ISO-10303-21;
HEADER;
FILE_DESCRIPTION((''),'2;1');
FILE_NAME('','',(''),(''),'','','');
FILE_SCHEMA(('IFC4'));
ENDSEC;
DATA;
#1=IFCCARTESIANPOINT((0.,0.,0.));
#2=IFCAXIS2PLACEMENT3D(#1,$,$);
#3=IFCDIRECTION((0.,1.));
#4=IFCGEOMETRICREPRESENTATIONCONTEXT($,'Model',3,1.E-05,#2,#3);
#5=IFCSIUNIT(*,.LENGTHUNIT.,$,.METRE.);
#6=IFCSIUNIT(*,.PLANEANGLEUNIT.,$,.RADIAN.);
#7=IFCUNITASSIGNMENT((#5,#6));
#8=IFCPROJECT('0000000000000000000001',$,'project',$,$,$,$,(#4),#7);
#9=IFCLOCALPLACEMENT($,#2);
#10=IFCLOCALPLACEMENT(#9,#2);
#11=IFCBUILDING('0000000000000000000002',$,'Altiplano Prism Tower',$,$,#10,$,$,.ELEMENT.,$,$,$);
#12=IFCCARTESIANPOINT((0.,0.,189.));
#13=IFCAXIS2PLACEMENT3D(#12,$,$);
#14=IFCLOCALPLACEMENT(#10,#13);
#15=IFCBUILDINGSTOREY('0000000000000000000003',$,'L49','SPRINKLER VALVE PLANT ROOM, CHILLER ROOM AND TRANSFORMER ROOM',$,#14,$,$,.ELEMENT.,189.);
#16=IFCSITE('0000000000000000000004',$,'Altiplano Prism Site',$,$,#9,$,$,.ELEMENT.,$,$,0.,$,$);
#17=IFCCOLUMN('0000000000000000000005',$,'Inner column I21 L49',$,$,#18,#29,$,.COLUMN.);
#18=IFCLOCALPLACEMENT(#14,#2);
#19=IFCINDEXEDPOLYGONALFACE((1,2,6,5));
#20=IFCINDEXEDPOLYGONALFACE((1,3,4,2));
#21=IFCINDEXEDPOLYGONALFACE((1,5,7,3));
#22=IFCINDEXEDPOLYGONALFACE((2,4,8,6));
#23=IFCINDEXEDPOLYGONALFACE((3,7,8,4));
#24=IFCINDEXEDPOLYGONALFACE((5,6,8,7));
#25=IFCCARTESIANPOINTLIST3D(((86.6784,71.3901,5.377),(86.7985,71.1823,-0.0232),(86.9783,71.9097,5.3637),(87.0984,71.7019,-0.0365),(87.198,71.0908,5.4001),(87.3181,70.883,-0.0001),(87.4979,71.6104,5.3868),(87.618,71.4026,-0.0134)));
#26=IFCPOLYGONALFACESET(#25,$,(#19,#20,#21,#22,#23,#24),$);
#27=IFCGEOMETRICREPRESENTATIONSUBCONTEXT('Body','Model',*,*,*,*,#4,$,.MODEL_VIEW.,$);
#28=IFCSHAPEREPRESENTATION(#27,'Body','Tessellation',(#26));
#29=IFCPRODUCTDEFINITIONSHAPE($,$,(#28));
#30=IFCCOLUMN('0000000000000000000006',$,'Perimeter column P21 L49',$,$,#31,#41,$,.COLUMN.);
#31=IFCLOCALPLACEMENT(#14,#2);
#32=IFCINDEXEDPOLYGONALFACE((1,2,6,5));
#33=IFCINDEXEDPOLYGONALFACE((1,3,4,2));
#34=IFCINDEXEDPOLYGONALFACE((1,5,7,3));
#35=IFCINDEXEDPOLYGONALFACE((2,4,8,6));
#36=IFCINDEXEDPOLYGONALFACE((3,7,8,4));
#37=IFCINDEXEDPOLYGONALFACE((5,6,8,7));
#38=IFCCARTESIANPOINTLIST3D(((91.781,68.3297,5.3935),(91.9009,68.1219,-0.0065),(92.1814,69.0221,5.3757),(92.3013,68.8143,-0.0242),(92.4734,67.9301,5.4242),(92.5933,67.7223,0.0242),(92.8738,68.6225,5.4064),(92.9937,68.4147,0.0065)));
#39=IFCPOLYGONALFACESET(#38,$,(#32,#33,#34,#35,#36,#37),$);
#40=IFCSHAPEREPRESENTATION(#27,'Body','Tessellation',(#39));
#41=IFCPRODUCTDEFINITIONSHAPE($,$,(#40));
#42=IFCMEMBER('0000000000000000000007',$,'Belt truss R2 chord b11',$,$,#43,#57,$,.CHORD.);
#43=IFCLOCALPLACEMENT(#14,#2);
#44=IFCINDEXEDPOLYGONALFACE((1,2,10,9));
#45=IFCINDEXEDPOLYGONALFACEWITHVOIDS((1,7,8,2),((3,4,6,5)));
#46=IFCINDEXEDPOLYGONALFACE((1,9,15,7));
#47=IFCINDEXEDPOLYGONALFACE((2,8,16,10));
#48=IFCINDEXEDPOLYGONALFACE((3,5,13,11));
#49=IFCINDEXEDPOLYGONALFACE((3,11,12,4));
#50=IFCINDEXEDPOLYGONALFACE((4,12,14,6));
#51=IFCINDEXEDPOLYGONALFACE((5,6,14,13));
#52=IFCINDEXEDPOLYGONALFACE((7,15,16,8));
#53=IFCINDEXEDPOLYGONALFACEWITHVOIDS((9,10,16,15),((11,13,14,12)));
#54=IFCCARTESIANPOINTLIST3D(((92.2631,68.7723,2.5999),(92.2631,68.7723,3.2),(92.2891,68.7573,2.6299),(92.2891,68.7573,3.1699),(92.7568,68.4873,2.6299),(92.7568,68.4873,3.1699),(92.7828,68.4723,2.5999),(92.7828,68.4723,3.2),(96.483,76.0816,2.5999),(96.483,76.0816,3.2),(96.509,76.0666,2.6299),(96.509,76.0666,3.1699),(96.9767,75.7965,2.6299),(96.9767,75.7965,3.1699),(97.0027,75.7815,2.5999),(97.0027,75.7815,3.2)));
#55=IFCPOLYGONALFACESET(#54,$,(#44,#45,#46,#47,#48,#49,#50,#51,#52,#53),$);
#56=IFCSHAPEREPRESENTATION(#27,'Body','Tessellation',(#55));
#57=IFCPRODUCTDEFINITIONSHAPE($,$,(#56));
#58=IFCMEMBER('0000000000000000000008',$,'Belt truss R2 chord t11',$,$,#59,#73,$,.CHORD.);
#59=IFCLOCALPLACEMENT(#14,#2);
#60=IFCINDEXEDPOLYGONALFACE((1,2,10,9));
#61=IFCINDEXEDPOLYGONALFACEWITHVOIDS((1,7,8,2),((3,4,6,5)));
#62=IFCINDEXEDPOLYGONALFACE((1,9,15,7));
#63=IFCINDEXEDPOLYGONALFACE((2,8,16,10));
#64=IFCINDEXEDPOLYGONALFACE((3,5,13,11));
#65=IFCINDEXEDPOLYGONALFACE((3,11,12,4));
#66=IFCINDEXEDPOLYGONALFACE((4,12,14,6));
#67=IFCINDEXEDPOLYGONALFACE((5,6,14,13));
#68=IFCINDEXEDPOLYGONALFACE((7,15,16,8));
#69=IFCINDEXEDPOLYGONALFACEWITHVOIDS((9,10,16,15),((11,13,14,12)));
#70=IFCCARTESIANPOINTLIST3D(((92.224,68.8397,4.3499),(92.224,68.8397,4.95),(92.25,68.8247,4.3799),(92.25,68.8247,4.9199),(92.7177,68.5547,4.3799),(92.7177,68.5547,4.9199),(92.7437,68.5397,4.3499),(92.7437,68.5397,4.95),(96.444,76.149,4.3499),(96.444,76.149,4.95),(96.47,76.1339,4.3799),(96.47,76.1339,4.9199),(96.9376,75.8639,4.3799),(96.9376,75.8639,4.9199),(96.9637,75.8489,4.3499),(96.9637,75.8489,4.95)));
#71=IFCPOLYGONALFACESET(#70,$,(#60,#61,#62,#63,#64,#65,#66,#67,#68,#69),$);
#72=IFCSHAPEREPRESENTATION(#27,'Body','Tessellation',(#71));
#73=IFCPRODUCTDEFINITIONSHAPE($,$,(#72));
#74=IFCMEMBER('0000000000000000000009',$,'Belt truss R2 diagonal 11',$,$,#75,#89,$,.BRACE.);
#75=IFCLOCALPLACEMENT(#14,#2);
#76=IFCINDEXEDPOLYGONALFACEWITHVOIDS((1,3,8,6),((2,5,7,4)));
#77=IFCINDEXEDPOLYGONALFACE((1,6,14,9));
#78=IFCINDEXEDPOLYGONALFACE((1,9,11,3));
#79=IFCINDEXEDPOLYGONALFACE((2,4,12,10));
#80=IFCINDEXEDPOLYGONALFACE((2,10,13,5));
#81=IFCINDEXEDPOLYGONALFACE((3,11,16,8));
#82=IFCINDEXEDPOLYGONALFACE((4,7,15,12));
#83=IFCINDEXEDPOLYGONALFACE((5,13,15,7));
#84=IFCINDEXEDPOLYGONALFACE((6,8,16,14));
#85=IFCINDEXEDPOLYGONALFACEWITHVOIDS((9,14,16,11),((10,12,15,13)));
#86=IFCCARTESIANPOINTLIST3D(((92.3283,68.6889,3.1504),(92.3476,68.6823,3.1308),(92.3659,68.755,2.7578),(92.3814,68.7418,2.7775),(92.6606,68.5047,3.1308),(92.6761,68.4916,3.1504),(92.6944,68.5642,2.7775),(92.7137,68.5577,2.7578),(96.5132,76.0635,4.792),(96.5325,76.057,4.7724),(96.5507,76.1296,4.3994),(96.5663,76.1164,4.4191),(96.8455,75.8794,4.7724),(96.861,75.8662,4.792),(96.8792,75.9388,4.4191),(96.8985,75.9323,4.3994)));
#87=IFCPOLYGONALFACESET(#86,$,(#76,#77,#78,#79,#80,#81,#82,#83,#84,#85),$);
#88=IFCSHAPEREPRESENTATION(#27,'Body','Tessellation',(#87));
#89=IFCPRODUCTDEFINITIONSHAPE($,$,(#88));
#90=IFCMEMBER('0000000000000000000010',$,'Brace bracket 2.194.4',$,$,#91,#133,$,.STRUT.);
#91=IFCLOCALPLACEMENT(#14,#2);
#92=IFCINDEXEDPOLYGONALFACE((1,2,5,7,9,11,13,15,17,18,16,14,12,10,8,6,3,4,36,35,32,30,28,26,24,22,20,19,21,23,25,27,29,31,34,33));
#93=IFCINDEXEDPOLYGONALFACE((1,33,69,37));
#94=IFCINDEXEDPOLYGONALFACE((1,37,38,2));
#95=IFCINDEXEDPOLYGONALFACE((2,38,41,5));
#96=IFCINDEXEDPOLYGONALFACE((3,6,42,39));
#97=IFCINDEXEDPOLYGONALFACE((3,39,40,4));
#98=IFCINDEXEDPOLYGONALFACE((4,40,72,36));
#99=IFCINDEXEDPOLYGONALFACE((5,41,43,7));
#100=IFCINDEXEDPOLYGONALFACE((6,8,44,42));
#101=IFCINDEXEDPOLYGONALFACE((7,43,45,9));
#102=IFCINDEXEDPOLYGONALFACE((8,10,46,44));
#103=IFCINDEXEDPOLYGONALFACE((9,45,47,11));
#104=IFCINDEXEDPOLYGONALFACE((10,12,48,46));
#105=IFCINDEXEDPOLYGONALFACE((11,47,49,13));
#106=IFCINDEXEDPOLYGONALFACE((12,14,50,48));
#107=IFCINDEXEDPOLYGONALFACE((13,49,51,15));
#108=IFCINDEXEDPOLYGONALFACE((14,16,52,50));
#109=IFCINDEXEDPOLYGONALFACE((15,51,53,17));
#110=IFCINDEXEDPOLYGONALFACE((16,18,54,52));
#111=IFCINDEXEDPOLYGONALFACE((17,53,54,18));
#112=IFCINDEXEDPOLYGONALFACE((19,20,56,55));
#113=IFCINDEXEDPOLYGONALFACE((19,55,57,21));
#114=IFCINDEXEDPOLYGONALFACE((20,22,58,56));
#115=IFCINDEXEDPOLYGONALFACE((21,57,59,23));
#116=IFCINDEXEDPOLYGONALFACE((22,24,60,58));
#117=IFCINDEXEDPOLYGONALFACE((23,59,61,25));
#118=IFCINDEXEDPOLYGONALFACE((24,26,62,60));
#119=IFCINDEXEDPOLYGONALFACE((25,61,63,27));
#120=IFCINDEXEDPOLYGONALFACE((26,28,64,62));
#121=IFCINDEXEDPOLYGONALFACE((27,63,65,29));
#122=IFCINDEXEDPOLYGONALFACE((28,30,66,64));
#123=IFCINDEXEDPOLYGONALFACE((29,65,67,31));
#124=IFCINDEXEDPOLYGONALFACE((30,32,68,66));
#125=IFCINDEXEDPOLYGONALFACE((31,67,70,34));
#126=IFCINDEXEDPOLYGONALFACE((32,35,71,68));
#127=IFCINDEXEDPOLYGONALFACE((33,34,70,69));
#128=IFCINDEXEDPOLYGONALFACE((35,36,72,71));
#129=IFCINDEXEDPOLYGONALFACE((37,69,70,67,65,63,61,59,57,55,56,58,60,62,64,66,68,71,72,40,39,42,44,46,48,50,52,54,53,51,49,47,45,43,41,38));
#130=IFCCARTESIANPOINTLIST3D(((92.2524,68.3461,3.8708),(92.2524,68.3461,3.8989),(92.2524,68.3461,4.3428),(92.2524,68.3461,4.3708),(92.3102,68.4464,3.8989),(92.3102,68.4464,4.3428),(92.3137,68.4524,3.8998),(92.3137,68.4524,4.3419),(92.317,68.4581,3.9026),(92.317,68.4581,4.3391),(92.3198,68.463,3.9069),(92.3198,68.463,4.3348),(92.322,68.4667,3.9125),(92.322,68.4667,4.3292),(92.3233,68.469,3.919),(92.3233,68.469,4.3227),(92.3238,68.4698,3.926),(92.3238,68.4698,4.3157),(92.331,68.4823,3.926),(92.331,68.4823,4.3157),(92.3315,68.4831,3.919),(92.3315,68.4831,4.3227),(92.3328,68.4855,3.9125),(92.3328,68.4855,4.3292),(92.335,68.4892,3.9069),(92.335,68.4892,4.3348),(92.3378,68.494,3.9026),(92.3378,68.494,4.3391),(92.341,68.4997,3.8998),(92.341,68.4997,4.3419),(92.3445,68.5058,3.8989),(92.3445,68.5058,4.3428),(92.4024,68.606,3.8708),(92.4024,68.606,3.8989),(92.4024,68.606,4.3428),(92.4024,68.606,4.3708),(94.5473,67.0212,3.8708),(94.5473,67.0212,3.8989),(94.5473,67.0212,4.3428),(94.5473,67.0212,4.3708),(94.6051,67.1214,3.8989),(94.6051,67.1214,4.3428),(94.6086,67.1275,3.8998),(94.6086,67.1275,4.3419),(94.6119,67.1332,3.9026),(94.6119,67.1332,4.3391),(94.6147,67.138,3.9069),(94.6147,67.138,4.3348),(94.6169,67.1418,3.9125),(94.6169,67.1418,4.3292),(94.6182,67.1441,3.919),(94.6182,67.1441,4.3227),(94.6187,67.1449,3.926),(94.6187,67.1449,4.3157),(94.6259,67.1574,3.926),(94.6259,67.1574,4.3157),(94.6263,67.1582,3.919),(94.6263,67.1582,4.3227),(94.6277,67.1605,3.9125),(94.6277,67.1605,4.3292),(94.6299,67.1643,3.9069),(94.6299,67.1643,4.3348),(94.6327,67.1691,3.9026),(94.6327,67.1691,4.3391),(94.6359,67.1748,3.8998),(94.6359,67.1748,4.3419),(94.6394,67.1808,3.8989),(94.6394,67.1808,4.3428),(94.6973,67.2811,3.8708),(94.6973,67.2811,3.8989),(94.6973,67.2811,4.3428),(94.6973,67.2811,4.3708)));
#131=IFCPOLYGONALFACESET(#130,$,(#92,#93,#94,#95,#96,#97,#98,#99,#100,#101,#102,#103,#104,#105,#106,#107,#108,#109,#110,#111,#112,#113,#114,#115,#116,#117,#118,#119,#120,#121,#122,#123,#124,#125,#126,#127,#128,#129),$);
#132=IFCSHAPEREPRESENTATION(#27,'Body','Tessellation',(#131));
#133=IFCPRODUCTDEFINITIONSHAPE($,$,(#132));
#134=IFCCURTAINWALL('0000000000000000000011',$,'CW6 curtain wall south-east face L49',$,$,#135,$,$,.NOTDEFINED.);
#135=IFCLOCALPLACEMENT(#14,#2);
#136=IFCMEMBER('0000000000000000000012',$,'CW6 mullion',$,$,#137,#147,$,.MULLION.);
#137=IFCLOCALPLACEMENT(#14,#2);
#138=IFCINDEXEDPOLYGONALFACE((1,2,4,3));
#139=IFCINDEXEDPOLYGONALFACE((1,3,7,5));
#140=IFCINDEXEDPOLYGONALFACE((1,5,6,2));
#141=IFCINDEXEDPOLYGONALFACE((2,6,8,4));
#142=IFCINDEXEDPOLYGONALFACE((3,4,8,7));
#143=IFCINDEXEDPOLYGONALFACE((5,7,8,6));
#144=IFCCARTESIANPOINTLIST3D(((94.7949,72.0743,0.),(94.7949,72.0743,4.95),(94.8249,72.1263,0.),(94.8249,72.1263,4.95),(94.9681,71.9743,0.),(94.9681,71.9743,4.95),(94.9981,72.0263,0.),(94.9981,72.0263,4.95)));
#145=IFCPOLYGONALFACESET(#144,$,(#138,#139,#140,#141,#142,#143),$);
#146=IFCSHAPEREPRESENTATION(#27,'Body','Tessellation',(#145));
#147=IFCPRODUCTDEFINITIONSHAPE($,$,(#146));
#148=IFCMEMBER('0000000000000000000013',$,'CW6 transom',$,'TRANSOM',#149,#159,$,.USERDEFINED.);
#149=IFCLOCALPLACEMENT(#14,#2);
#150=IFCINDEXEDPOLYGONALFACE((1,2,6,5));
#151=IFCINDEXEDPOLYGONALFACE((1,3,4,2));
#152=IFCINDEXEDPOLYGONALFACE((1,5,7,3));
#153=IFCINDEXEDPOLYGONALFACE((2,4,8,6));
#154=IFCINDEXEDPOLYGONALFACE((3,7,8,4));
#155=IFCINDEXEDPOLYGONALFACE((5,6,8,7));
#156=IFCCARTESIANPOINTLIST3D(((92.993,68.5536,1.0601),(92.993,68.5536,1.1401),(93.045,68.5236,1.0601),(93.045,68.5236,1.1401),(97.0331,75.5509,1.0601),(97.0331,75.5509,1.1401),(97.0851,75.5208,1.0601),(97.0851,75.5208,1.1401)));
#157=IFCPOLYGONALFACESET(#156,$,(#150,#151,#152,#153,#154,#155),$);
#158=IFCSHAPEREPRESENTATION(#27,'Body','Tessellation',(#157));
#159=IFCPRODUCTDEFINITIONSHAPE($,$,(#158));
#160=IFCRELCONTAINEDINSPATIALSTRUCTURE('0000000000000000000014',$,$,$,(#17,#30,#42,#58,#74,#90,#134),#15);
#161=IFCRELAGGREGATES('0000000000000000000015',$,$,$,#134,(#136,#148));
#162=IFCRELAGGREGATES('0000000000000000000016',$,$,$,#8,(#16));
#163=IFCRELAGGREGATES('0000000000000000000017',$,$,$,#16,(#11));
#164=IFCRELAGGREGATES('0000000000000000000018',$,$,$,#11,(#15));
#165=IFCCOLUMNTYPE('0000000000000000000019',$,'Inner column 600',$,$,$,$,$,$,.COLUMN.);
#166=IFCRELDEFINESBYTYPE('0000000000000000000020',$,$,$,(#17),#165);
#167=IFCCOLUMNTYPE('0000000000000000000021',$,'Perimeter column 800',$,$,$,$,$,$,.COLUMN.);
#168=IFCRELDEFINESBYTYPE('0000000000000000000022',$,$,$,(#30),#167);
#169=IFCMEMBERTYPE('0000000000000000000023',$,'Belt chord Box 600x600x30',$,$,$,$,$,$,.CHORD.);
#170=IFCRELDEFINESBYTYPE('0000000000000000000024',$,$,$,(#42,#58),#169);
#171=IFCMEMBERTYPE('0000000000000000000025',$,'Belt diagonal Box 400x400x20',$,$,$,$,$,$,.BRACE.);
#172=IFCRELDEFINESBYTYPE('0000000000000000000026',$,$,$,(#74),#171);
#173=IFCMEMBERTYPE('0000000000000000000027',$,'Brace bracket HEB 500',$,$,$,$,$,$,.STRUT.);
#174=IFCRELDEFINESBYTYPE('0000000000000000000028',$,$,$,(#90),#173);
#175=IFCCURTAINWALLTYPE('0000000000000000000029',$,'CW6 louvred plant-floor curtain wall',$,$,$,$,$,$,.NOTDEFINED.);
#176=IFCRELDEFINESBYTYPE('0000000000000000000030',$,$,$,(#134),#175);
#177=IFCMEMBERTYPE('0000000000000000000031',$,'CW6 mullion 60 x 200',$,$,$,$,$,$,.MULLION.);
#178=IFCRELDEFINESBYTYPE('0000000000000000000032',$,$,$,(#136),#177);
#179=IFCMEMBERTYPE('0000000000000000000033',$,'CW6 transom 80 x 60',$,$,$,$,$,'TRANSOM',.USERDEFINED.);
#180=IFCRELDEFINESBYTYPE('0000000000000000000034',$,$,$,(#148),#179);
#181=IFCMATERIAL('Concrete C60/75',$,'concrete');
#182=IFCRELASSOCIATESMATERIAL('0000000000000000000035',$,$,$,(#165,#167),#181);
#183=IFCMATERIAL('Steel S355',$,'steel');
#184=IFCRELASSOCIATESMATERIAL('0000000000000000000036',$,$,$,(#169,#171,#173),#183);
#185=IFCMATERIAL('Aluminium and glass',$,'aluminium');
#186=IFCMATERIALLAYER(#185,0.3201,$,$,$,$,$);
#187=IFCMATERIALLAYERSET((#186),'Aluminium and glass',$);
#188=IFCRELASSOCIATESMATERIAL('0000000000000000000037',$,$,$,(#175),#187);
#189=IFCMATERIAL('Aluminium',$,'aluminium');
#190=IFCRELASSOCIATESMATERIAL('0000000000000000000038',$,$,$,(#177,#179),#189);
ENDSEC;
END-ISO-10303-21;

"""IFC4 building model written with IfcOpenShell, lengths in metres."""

from ifc_helpers import new_model, si_unit, direction, frame, origin, origin_2d, place, context, subcontext, project, spatial, rectangle, hollow_rectangle, i_section, extrude, material, layer, layer_set, material_profile, profile_set, type_object, element, aggregate, save


model = new_model("IFC4")

# Units and contexts
model_context = context("Model", 3, precision=1e-05, world=origin(), true_north=direction((0.0, 1.0)))
body_context = subcontext(model_context, "Body", "Model", "MODEL_VIEW")
ifc_project = project(units=[si_unit("LENGTHUNIT", "METRE"), si_unit("PLANEANGLEUNIT", "RADIAN")], contexts=[model_context])

# Site, building, storey
site_placement = place(None, origin())
site = spatial("IfcSite", under=ifc_project, at=site_placement, Name="Altiplano Prism Site", CompositionType="ELEMENT", RefElevation=0.0)
building_placement = place(site_placement, origin())
building = spatial("IfcBuilding", under=site, at=building_placement, Name="Altiplano Prism Tower", CompositionType="ELEMENT")
storey_placement = place(building_placement, frame((0.0, 0.0, 189.0)))
storey = spatial("IfcBuildingStorey", under=building, at=storey_placement, Name="L49", Description="SPRINKLER VALVE PLANT ROOM, CHILLER ROOM AND TRANSFORMER ROOM", CompositionType="ELEMENT", Elevation=189.0)

# Columns
ifc_material_1 = material(Name="Concrete C60/75", Category="concrete")
ifc_material_profile_1 = material_profile(ifc_material_1, rectangle(XDim=0.6001, YDim=0.6001, at=origin_2d()), Name="Inner column 600")
ifc_profile_set_1 = profile_set([ifc_material_profile_1], Name="Concrete C60/75")
column_type_1 = type_object("IfcColumnType", Name="Inner column 600", PredefinedType="COLUMN", material=ifc_profile_set_1)
column_1_placement = place(storey_placement, frame((87.2083, 71.2925, -0.0183), z_axis=(-0.022221, 0.038436, 0.999014), x_axis=(-0.499731, -0.865896, 0.022199)))
element("IfcColumn", 1, at=column_1_placement, inside=storey, type_object=column_type_1, Name="Inner column I21 L49", PredefinedType="COLUMN", context=body_context, shape_type="SweptSolid", body=[
    extrude(rectangle(XDim=0.6001, YDim=0.6001, at=origin_2d()), origin(), (0.0, 0.0, 1.0), 5.4055),
])
ifc_material_profile_2 = material_profile(ifc_material_1, rectangle(XDim=0.8, YDim=0.8, at=origin_2d()), Name="Perimeter column 800")
ifc_profile_set_2 = profile_set([ifc_material_profile_2], Name="Concrete C60/75")
column_type_2 = type_object("IfcColumnType", Name="Perimeter column 800", PredefinedType="COLUMN", material=ifc_profile_set_2)
column_2_placement = place(storey_placement, frame((92.4473, 68.2683, 0.0), z_axis=(-0.022177, 0.038438, 0.999015), x_axis=(-0.500493, -0.865456, 0.022188)))
element("IfcColumn", 2, at=column_2_placement, inside=storey, type_object=column_type_2, Name="Perimeter column P21 L49", PredefinedType="COLUMN", context=body_context, shape_type="SweptSolid", body=[
    extrude(rectangle(XDim=0.8, YDim=0.8, at=origin_2d()), origin(), (0.0, 0.0, 1.0), 5.4053),
])

# Members
ifc_material_2 = material(Name="Steel S355", Category="steel")
ifc_material_profile_3 = material_profile(ifc_material_2, hollow_rectangle(XDim=0.6001, YDim=0.6001, WallThickness=0.03, at=origin_2d()), Name="Belt chord Box 600x600x30")
ifc_profile_set_3 = profile_set([ifc_material_profile_3], Name="Steel S355")
member_type_1 = type_object("IfcMemberType", Name="Belt chord Box 600x600x30", PredefinedType="CHORD", material=ifc_profile_set_3)
for number, where, z_axis, x_axis, name in (
    (3, (92.5229, 68.6223, 2.8999), (0.499994, 0.866029, 0.0), (-0.866029, 0.499994, 0.0), "Belt truss R2 chord b11"),
    (4, (92.4839, 68.6897, 4.6499), (0.499994, 0.866029, 0.0), (-0.866029, 0.499994, 0.0), "Belt truss R2 chord t11"),
):
    element("IfcMember", number, at=place(storey_placement, frame(where, z_axis=z_axis, x_axis=x_axis)), inside=storey, type_object=member_type_1, Name=name, PredefinedType="CHORD", context=body_context, shape_type="SweptSolid", body=[
        extrude(hollow_rectangle(XDim=0.6001, YDim=0.6001, WallThickness=0.03, at=origin_2d()), origin(), (0.0, 0.0, 1.0), 8.4399),
    ])
ifc_material_profile_4 = material_profile(ifc_material_2, hollow_rectangle(XDim=0.3999, YDim=0.3999, WallThickness=0.02, at=origin_2d()), Name="Belt diagonal Box 400x400x20")
ifc_profile_set_4 = profile_set([ifc_material_profile_4], Name="Steel S355")
member_type_2 = type_object("IfcMemberType", Name="Belt diagonal Box 400x400x20", PredefinedType="BRACE", material=ifc_profile_set_4)
member_1_placement = place(storey_placement, frame((92.521, 68.6233, 2.9541), z_axis=(0.484544, 0.853867, 0.190075), x_axis=(-0.869722, 0.493541, 0.0)))
element("IfcMember", 5, at=member_1_placement, inside=storey, type_object=member_type_2, Name="Belt truss R2 diagonal 11", PredefinedType="BRACE", context=body_context, shape_type="SweptSolid", body=[
    extrude(hollow_rectangle(XDim=0.3999, YDim=0.3999, WallThickness=0.02, at=origin_2d()), origin(), (0.0, 0.0, 1.0), 8.6367),
])
ifc_material_profile_5 = material_profile(ifc_material_2, i_section(OverallWidth=0.3, OverallDepth=0.5, WebThickness=0.0144, FlangeThickness=0.0281, FilletRadius=0.0271, at=origin_2d()), Name="Brace bracket HEB 500")
ifc_profile_set_5 = profile_set([ifc_material_profile_5], Name="Steel S355")
member_type_3 = type_object("IfcMemberType", Name="Brace bracket HEB 500", PredefinedType="STRUT", material=ifc_profile_set_5)
member_2_placement = place(storey_placement, frame((92.3274, 68.4761, 4.1208), z_axis=(0.866029, -0.499994, 0.0), x_axis=(0.499994, 0.866029, 0.0)))
element("IfcMember", 6, at=member_2_placement, inside=storey, type_object=member_type_3, Name="Brace bracket 2.194.4", PredefinedType="STRUT", context=body_context, shape_type="SweptSolid", body=[
    extrude(i_section(OverallWidth=0.3, OverallDepth=0.5, WebThickness=0.0144, FlangeThickness=0.0281, FilletRadius=0.0271, at=origin_2d()), origin(), (0.0, 0.0, 1.0), 2.6499),
])

# Curtain wall, members
ifc_material_3 = material(Name="Aluminium and glass", Category="aluminium")
ifc_layer_1 = layer(ifc_material_3, 0.3201)
ifc_layer_set_1 = layer_set([ifc_layer_1], Name="Aluminium and glass")
curtain_wall_type = type_object("IfcCurtainWallType", Name="CW6 louvred plant-floor curtain wall", PredefinedType="NOTDEFINED", material=ifc_layer_set_1)
curtain_wall_placement = place(storey_placement, origin())
curtain_wall = element("IfcCurtainWall", 7, at=curtain_wall_placement, inside=storey, type_object=curtain_wall_type, Name="CW6 curtain wall south-east face L49", PredefinedType="NOTDEFINED")
ifc_material_4 = material(Name="Aluminium", Category="aluminium")
ifc_material_profile_6 = material_profile(ifc_material_4, rectangle(XDim=0.2, YDim=0.0601, at=origin_2d()), Name="CW6 mullion 60 x 200")
ifc_profile_set_6 = profile_set([ifc_material_profile_6], Name="Aluminium")
member_type_4 = type_object("IfcMemberType", Name="CW6 mullion 60 x 200", PredefinedType="MULLION", material=ifc_profile_set_6)
member_3_placement = place(storey_placement, frame((94.8965, 72.0503, 0.0), z_axis=(0.0, 0.0, 1.0), x_axis=(-0.866025, 0.5, 0.0)))
member_3 = element("IfcMember", 8, at=member_3_placement, type_object=member_type_4, Name="CW6 mullion", PredefinedType="MULLION", context=body_context, shape_type="SweptSolid", body=[
    extrude(rectangle(XDim=0.2, YDim=0.0601, at=origin_2d()), origin(), (0.0, 0.0, 1.0), 4.95),
])
ifc_material_profile_7 = material_profile(ifc_material_4, rectangle(XDim=0.0601, YDim=0.0801, at=origin_2d()), Name="CW6 transom 80 x 60")
ifc_profile_set_7 = profile_set([ifc_material_profile_7], Name="Aluminium")
member_type_5 = type_object("IfcMemberType", Name="CW6 transom 80 x 60", ElementType="TRANSOM", PredefinedType="USERDEFINED", material=ifc_profile_set_7)
member_4_placement = place(storey_placement, frame((93.019, 68.5386, 1.1001), z_axis=(0.500013, 0.866018, 0.0), x_axis=(-0.866018, 0.500013, 0.0)))
member_4 = element("IfcMember", 9, at=member_4_placement, type_object=member_type_5, Name="CW6 transom", ObjectType="TRANSOM", PredefinedType="USERDEFINED", context=body_context, shape_type="SweptSolid", body=[
    extrude(rectangle(XDim=0.0601, YDim=0.0801, at=origin_2d()), origin(), (0.0, 0.0, 1.0), 8.0798),
])

aggregate(curtain_wall, [member_3, member_4])

save(model, "model.ifc")
